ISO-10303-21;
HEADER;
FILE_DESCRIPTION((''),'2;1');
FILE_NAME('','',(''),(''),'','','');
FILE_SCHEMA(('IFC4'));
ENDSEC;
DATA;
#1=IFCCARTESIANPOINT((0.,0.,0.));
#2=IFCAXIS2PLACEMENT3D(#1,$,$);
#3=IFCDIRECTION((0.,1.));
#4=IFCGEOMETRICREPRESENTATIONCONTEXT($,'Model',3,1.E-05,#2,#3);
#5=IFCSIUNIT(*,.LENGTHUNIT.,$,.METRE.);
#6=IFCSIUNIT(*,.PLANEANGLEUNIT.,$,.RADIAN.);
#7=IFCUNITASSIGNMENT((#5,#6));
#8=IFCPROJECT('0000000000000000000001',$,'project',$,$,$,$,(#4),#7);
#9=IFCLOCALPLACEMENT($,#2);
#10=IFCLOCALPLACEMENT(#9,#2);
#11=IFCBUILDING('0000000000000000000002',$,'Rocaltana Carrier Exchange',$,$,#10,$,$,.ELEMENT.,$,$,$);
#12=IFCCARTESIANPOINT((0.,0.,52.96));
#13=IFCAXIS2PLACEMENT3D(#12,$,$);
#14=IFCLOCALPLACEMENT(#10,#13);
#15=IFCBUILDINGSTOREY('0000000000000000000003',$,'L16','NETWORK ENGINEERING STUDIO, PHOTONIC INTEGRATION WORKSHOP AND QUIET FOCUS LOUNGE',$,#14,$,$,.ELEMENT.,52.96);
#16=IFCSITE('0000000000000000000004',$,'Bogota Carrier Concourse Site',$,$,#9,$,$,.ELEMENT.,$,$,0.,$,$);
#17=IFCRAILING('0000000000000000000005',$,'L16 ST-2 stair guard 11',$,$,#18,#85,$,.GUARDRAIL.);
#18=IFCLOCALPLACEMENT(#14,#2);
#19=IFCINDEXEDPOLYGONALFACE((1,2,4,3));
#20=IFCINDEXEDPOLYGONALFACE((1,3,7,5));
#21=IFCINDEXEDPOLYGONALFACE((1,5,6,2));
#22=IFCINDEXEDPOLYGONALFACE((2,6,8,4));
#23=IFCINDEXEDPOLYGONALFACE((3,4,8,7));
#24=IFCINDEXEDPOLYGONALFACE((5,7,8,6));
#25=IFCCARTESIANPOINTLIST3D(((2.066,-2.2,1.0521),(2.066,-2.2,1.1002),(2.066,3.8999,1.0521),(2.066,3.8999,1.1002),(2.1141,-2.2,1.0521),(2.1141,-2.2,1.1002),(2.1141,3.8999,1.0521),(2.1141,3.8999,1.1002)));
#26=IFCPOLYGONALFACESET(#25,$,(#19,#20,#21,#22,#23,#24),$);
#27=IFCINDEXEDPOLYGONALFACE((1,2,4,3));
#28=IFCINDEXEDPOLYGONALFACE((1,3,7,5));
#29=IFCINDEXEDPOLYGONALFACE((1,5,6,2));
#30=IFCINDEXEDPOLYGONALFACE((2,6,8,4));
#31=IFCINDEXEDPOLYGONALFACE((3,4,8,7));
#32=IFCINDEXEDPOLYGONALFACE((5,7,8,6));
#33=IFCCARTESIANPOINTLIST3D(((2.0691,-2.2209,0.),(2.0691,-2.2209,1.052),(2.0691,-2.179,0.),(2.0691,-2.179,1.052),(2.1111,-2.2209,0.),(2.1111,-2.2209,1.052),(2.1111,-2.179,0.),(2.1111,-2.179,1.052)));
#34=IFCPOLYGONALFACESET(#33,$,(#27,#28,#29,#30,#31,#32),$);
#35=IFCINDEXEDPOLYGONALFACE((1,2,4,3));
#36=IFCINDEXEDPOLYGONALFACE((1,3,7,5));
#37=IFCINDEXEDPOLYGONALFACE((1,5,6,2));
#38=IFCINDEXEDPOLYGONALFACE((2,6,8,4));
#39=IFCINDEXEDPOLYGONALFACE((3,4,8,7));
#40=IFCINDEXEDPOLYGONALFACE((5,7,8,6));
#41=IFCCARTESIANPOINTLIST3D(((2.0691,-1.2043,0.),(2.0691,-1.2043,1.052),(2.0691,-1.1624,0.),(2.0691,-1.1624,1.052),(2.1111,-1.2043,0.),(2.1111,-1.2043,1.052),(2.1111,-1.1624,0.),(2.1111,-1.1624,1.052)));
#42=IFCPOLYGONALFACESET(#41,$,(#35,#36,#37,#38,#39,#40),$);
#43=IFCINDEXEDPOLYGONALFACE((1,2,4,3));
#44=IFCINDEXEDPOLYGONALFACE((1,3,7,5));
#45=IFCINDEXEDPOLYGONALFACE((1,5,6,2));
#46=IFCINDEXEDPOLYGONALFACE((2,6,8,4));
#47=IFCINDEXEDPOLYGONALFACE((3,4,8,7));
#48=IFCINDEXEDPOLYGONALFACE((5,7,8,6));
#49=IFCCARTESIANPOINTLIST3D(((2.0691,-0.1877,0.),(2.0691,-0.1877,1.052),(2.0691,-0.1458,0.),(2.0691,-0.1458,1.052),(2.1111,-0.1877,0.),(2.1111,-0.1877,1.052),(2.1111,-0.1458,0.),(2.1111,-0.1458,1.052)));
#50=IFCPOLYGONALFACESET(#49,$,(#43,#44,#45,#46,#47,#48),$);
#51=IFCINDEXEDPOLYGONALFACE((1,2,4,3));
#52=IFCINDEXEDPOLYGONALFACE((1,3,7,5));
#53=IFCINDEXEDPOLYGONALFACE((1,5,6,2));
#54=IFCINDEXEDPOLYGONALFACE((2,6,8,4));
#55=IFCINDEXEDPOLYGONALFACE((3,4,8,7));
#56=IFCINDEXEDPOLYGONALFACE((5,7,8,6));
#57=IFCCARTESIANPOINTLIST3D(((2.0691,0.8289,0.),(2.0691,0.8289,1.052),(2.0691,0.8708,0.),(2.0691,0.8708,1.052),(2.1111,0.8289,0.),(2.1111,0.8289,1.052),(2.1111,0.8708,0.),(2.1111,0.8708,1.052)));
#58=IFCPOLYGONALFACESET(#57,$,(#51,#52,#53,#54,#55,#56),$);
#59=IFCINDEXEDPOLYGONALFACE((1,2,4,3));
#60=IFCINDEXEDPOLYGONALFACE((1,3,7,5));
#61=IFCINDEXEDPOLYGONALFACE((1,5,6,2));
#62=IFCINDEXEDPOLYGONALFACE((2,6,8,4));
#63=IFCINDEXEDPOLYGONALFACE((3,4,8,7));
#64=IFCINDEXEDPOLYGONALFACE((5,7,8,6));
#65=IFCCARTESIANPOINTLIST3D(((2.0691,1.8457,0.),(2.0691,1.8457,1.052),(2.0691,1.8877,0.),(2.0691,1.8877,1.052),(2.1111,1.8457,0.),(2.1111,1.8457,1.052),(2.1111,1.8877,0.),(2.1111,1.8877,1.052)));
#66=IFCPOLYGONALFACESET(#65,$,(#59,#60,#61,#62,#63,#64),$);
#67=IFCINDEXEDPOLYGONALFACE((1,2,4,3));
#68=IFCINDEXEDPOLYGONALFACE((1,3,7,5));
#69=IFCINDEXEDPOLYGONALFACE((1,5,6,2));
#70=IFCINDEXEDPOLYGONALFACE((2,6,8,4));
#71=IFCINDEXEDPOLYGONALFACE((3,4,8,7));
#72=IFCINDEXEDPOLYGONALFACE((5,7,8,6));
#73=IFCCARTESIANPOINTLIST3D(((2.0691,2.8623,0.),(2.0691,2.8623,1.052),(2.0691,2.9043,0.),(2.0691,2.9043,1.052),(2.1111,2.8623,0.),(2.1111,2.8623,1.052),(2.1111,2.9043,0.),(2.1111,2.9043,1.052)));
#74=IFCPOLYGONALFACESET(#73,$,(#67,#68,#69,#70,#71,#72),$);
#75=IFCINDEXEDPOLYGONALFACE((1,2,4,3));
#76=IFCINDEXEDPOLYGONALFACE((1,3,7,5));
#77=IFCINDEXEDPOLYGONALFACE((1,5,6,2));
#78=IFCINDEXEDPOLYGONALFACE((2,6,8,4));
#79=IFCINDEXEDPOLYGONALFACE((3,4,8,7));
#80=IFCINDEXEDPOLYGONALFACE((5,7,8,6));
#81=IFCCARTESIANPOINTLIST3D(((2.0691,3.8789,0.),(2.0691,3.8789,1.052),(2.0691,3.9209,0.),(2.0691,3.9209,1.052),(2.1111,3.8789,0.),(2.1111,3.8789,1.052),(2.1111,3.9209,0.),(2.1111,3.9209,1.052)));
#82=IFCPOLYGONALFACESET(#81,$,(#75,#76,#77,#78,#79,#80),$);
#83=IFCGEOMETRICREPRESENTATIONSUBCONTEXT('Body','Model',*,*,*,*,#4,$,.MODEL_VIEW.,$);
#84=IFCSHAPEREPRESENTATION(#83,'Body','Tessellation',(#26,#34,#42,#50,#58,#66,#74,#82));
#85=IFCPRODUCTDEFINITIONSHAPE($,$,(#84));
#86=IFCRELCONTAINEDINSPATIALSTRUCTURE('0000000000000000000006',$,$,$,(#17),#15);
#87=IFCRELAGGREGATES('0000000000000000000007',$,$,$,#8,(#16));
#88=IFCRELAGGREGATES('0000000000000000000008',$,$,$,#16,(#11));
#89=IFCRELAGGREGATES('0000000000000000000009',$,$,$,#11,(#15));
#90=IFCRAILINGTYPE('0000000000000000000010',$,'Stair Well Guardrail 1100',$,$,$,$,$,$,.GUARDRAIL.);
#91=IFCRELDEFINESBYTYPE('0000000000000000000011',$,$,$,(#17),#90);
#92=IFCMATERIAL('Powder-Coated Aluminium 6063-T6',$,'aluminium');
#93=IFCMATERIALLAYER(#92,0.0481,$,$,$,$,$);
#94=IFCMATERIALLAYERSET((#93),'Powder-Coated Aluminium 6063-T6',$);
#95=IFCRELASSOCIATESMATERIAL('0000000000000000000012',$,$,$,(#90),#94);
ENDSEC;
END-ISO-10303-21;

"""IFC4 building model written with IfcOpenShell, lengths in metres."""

from ifc_helpers import new_model, si_unit, direction, frame, origin, origin_2d, place, context, subcontext, project, spatial, rectangle, extrude, material, layer, layer_set, type_object, element, save


model = new_model("IFC4")

# Units and contexts
model_context = context("Model", 3, precision=1e-05, world=origin(), true_north=direction((0.0, 1.0)))
body_context = subcontext(model_context, "Body", "Model", "MODEL_VIEW")
ifc_project = project(units=[si_unit("LENGTHUNIT", "METRE"), si_unit("PLANEANGLEUNIT", "RADIAN")], contexts=[model_context])

# Site, building, storey
site_placement = place(None, origin())
site = spatial("IfcSite", under=ifc_project, at=site_placement, Name="Bogota Carrier Concourse Site", CompositionType="ELEMENT", RefElevation=0.0)
building_placement = place(site_placement, origin())
building = spatial("IfcBuilding", under=site, at=building_placement, Name="Rocaltana Carrier Exchange", CompositionType="ELEMENT")
storey_placement = place(building_placement, frame((0.0, 0.0, 52.96)))
storey = spatial("IfcBuildingStorey", under=building, at=storey_placement, Name="L16", Description="NETWORK ENGINEERING STUDIO, PHOTONIC INTEGRATION WORKSHOP AND QUIET FOCUS LOUNGE", CompositionType="ELEMENT", Elevation=52.96)

# Railing
ifc_material_1 = material(Name="Powder-Coated Aluminium 6063-T6", Category="aluminium")
ifc_layer_1 = layer(ifc_material_1, 0.0481)
ifc_layer_set_1 = layer_set([ifc_layer_1], Name="Powder-Coated Aluminium 6063-T6")
railing_type_1 = type_object("IfcRailingType", Name="Stair Well Guardrail 1100", PredefinedType="GUARDRAIL", material=ifc_layer_set_1)
for number, where, name in (
    (1, (2.0901, -2.2, 0.0), "L16 ST-2 stair guard 11"),
):
    element("IfcRailing", number, at=place(storey_placement, frame(where)), inside=storey, type_object=railing_type_1, Name=name, PredefinedType="GUARDRAIL", context=body_context, shape_type="SweptSolid", body=[
        extrude(rectangle(XDim=0.0481, YDim=0.0481, at=origin_2d()), frame((0.0, 0.0, 1.0762), z_axis=(0.0, 1.0, 0.0), x_axis=(-1.0, 0.0, 0.0)), (0.0, 0.0, 1.0), 6.0999),
        extrude(rectangle(XDim=0.042, YDim=0.042, at=origin_2d()), origin(), (0.0, 0.0, 1.0), 1.052),
        extrude(rectangle(XDim=0.042, YDim=0.042, at=origin_2d()), frame((0.0, 1.0166, 0.0)), (0.0, 0.0, 1.0), 1.052),
        extrude(rectangle(XDim=0.042, YDim=0.042, at=origin_2d()), frame((0.0, 2.0332, 0.0)), (0.0, 0.0, 1.0), 1.052),
        extrude(rectangle(XDim=0.042, YDim=0.042, at=origin_2d()), frame((0.0, 3.0498, 0.0)), (0.0, 0.0, 1.0), 1.052),
        extrude(rectangle(XDim=0.042, YDim=0.042, at=origin_2d()), frame((0.0, 4.0667, 0.0)), (0.0, 0.0, 1.0), 1.052),
        extrude(rectangle(XDim=0.042, YDim=0.042, at=origin_2d()), frame((0.0, 5.0833, 0.0)), (0.0, 0.0, 1.0), 1.052),
        extrude(rectangle(XDim=0.042, YDim=0.042, at=origin_2d()), frame((0.0, 6.0999, 0.0)), (0.0, 0.0, 1.0), 1.052),
    ])

save(model, "model.ifc")
